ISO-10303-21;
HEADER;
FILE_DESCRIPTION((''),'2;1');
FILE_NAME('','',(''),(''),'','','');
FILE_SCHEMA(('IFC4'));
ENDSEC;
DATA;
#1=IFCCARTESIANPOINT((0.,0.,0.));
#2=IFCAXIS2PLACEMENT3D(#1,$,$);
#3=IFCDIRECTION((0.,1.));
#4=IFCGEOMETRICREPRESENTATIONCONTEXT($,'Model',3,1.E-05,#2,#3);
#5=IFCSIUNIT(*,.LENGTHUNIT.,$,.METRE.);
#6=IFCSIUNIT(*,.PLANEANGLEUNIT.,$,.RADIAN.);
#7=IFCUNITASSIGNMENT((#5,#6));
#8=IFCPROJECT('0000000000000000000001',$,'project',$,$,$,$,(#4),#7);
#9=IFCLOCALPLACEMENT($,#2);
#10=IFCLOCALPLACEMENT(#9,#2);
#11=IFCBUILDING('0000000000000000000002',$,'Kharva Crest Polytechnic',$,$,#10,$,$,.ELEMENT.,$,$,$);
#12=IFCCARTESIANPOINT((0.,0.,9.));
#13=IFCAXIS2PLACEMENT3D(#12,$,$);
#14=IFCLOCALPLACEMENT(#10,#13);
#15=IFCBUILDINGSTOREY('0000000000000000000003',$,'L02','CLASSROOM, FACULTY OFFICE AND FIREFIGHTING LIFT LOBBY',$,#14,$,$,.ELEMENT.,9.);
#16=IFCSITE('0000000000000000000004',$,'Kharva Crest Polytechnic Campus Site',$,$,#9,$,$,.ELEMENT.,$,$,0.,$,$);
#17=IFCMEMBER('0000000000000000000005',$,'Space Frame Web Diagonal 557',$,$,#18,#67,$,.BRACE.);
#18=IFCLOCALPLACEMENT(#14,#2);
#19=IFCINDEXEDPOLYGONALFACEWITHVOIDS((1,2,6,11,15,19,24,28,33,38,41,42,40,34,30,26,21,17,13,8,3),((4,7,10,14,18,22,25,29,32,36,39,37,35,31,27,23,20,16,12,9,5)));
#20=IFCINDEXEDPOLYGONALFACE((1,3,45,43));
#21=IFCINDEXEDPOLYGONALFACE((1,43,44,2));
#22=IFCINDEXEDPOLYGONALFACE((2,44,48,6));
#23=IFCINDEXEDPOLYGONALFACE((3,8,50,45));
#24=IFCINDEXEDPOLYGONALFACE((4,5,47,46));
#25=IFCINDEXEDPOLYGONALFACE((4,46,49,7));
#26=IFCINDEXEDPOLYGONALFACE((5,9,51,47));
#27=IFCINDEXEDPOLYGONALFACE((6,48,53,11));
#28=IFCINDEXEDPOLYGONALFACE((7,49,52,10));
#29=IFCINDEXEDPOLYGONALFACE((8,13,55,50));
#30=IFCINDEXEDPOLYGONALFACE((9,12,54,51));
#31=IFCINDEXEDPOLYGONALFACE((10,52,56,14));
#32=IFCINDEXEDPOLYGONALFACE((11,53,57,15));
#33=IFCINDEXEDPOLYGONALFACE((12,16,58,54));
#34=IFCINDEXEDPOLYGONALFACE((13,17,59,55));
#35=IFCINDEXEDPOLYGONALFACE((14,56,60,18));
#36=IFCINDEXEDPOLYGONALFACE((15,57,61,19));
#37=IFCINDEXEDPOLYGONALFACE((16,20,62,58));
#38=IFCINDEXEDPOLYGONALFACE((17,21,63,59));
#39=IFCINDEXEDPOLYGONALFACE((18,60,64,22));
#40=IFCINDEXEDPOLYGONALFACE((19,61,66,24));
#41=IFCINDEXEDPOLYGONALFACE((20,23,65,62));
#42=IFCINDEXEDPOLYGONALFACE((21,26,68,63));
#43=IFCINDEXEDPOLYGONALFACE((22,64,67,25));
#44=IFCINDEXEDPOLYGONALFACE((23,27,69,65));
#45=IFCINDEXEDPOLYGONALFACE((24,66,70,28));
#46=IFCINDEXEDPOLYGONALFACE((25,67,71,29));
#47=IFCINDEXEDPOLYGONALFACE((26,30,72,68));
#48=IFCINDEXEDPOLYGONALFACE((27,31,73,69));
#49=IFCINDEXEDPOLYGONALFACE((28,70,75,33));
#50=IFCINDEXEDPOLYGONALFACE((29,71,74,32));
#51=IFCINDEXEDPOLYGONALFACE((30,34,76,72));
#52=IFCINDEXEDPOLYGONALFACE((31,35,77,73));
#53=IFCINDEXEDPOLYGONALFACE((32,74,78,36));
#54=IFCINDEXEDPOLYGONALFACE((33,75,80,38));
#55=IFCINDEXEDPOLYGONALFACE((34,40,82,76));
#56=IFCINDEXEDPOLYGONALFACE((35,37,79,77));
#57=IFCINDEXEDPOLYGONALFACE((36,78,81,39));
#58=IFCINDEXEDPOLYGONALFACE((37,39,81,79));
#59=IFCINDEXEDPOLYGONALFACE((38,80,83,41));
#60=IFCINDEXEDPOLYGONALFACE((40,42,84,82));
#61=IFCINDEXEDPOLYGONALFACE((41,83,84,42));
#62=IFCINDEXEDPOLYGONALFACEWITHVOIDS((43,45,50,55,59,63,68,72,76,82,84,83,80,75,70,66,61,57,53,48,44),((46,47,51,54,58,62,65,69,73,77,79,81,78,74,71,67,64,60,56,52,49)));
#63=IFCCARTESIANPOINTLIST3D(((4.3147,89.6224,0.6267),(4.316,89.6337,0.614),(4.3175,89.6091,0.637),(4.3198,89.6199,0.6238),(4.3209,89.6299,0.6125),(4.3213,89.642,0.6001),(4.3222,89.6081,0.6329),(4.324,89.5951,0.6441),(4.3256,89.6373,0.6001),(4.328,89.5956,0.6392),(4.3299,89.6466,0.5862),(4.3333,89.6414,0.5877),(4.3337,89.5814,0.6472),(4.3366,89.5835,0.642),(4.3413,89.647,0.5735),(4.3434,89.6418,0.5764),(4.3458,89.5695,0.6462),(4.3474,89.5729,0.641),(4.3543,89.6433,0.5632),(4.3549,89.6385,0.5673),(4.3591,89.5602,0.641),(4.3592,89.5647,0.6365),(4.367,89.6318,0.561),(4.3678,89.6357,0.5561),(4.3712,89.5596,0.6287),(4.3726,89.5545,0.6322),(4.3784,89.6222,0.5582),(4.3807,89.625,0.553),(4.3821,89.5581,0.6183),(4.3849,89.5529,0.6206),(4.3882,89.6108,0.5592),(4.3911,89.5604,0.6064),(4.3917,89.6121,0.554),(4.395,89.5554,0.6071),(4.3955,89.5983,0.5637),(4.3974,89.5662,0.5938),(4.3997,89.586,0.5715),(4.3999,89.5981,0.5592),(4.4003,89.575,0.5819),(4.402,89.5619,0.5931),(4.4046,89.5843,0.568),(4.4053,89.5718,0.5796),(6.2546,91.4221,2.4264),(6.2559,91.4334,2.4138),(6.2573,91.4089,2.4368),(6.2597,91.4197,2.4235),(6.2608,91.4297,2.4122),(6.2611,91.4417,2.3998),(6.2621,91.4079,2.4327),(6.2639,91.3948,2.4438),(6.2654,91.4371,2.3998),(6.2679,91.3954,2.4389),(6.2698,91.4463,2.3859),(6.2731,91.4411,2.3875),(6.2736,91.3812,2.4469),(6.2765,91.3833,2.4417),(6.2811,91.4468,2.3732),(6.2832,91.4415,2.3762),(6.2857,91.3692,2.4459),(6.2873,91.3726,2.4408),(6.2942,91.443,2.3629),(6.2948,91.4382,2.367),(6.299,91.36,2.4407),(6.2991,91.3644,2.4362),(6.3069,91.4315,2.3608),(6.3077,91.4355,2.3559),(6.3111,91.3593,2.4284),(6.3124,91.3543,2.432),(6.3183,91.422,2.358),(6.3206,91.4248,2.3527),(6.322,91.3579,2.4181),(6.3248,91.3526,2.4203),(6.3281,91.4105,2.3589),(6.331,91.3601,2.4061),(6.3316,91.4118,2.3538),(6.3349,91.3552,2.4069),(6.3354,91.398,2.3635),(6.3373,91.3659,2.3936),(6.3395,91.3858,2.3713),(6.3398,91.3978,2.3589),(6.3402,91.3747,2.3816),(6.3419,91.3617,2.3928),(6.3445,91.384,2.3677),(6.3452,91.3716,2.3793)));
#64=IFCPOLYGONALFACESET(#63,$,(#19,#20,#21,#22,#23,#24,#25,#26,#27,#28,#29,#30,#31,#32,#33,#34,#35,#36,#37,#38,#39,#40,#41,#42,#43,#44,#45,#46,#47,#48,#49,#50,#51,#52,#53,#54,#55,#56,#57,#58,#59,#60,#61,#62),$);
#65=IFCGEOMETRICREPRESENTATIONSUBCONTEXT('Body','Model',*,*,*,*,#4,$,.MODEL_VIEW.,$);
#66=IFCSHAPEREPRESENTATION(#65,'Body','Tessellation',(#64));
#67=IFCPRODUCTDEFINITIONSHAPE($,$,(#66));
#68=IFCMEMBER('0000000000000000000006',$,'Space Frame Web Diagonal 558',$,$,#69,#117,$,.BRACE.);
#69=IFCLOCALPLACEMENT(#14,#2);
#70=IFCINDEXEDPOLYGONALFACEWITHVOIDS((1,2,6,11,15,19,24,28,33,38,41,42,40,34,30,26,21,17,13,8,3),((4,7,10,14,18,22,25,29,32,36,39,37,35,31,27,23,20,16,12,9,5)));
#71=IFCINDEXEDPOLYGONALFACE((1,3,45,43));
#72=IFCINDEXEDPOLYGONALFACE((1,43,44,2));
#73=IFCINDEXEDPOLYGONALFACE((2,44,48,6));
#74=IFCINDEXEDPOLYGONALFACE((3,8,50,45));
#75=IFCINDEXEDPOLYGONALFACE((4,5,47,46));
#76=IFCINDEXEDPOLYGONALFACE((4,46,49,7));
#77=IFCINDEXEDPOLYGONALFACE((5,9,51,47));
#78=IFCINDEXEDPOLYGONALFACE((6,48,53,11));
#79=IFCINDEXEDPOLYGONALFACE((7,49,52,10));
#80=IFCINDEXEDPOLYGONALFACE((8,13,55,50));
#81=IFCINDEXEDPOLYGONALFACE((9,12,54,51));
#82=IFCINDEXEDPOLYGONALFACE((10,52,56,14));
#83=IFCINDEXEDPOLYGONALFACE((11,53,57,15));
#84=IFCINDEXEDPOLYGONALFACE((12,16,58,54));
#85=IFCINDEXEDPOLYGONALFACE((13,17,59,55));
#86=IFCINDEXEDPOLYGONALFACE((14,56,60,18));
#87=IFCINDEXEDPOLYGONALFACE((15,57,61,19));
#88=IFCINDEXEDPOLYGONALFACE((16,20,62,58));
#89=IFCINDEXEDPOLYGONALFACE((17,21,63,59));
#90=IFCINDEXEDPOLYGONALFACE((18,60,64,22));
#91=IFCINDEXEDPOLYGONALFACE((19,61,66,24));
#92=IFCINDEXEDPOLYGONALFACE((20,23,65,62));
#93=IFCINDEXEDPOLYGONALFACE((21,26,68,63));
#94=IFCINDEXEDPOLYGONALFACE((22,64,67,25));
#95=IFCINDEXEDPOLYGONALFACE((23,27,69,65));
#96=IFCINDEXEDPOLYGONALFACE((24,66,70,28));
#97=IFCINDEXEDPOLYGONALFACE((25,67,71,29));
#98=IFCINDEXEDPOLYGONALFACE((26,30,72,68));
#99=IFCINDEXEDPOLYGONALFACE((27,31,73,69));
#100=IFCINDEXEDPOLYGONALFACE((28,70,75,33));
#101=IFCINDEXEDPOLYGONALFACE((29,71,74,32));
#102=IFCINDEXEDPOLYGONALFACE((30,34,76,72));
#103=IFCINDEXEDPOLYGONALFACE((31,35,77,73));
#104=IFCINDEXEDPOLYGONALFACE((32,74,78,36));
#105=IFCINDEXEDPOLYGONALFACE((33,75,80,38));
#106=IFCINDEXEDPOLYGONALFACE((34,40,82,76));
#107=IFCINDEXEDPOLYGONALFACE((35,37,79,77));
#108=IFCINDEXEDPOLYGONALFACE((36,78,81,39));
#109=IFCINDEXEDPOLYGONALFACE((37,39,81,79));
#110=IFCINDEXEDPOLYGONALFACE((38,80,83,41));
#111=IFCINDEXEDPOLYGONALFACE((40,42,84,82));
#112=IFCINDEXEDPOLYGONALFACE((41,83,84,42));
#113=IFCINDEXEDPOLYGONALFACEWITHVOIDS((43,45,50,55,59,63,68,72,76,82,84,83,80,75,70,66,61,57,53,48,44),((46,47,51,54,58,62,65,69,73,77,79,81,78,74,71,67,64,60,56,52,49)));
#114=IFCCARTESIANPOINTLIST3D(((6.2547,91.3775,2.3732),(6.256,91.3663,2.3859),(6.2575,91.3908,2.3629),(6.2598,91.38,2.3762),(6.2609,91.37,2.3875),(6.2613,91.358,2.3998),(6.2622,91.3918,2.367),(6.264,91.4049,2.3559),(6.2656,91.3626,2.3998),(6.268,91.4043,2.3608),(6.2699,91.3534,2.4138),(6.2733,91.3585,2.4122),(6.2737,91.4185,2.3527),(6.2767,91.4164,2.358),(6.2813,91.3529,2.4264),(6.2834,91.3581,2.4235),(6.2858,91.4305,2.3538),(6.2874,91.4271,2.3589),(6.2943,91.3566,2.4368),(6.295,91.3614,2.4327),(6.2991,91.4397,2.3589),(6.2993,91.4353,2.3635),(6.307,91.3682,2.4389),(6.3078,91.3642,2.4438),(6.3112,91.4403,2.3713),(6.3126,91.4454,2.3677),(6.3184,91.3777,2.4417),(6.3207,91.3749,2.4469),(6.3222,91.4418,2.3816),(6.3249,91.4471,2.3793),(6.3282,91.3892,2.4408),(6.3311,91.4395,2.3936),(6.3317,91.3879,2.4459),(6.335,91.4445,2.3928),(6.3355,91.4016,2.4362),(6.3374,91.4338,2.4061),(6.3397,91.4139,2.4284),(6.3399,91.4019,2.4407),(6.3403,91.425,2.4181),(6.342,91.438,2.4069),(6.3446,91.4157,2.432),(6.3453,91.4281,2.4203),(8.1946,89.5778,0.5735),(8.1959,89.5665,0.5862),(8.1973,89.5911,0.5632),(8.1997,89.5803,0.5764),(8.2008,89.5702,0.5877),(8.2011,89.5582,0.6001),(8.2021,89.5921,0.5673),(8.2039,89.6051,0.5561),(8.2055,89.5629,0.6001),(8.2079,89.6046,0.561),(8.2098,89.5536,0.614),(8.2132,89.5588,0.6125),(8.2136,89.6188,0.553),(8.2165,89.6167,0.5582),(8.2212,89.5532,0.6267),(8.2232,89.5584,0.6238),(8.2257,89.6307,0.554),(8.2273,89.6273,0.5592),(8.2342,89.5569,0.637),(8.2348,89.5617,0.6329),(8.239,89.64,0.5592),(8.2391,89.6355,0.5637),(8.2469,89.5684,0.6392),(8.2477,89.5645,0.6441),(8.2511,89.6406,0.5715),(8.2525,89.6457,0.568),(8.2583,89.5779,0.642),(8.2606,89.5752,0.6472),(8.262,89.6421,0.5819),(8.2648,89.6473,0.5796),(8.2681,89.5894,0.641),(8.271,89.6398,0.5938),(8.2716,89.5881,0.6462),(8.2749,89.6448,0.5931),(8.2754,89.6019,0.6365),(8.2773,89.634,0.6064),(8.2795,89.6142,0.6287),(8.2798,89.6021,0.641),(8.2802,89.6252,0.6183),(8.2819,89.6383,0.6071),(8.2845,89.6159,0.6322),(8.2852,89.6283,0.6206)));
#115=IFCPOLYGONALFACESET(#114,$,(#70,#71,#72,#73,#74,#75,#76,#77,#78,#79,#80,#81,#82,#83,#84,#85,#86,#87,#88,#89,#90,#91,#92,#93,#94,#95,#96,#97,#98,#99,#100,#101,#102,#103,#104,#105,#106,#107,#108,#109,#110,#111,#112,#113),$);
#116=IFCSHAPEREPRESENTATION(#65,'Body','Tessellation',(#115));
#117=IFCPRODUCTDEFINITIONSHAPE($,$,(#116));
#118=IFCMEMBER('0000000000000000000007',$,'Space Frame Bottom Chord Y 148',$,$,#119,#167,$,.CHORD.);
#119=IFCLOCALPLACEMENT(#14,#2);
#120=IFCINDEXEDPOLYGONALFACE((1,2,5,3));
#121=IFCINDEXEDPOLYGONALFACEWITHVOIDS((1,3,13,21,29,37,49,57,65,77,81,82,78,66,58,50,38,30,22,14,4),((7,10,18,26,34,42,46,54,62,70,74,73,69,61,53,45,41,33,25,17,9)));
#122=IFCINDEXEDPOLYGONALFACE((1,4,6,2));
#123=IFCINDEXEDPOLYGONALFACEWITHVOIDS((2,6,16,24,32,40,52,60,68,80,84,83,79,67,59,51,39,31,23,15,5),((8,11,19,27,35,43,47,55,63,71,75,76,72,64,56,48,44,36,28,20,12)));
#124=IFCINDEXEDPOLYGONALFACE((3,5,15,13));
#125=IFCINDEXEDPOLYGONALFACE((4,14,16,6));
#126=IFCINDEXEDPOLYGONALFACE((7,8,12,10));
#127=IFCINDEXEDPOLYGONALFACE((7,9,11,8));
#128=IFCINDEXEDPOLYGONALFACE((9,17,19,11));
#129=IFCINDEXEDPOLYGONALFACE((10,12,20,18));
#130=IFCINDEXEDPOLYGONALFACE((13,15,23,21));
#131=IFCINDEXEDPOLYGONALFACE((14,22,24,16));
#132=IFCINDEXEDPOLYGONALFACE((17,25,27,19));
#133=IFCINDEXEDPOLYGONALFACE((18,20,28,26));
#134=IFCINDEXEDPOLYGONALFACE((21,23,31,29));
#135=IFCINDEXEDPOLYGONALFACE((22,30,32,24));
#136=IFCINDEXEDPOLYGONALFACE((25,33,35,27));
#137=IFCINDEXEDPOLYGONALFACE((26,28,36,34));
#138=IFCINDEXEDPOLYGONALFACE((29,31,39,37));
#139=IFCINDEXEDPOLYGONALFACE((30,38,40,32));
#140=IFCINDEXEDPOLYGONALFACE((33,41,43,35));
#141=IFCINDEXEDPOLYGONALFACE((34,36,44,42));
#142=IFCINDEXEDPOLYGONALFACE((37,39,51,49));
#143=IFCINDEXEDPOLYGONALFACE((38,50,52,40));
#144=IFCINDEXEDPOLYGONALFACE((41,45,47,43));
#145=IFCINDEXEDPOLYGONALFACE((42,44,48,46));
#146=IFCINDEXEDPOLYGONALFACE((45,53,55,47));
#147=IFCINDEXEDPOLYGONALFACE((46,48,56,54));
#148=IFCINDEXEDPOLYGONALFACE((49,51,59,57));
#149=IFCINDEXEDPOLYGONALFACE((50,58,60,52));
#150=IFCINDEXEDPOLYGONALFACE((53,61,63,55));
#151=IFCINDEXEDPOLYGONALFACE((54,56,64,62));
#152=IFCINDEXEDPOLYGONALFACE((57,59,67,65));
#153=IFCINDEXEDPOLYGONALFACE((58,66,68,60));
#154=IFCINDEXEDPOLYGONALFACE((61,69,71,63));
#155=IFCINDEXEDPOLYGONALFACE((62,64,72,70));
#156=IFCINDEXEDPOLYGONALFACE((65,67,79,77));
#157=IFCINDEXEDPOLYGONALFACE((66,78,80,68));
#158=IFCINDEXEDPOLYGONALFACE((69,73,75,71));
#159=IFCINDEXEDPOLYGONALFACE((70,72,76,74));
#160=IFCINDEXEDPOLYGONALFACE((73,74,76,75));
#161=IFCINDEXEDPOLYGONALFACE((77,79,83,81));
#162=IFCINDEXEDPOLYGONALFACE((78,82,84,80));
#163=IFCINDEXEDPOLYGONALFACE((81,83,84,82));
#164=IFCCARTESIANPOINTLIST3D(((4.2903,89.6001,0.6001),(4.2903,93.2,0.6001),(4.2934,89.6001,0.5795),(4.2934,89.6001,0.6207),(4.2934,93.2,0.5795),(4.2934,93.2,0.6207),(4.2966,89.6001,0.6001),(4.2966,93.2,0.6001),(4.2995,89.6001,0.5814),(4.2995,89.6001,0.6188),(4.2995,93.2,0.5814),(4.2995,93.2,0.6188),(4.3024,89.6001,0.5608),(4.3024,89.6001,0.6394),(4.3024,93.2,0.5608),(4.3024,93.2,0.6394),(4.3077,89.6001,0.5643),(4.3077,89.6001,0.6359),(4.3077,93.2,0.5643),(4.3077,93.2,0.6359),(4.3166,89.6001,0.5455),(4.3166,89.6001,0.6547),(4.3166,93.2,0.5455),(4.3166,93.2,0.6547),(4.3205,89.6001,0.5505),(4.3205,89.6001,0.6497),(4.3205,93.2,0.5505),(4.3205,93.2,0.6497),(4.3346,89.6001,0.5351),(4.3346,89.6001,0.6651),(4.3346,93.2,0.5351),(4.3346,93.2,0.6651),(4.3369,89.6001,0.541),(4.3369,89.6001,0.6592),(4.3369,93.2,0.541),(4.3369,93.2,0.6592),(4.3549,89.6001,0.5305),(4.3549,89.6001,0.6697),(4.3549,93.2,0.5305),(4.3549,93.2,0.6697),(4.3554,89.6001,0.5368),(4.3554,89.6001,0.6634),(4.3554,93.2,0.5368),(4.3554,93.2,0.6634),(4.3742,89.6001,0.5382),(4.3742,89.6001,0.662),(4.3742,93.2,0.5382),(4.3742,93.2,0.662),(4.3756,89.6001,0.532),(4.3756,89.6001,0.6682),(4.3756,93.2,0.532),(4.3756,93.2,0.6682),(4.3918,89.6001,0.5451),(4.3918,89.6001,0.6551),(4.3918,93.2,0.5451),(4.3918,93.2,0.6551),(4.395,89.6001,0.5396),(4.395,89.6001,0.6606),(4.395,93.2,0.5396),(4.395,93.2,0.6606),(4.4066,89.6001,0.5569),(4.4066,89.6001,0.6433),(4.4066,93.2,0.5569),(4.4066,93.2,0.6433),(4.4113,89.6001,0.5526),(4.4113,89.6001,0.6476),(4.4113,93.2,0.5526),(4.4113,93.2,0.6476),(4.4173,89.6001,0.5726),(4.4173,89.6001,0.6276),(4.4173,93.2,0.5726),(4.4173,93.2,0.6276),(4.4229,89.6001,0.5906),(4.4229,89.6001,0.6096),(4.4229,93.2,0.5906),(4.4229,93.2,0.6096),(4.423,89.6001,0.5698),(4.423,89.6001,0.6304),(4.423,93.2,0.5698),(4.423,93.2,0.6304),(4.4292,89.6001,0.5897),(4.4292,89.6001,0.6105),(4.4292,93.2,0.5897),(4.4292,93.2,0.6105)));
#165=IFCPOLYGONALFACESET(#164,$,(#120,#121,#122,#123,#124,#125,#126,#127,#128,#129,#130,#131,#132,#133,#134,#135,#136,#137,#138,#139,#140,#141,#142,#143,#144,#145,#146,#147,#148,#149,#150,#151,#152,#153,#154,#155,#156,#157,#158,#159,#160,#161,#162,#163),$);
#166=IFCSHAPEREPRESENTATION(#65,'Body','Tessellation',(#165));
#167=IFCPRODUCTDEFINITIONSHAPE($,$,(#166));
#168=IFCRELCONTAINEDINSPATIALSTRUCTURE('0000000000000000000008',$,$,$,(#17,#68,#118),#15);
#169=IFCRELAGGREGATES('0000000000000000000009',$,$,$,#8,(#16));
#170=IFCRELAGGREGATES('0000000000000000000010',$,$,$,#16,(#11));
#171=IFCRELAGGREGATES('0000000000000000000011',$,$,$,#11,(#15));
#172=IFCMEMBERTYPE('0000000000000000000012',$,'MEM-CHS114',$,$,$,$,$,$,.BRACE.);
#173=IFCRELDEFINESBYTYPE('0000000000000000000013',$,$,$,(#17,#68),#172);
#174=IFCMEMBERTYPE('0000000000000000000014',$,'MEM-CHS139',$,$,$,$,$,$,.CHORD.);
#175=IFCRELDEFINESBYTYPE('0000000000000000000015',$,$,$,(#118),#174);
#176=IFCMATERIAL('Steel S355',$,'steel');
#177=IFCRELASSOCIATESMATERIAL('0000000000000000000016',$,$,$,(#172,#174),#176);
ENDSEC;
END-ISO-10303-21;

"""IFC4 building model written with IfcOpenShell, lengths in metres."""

from ifc_helpers import new_model, si_unit, direction, frame, origin, origin_2d, place, context, subcontext, project, spatial, hollow_circle, extrude, material, material_profile, profile_set, type_object, element, save


model = new_model("IFC4")

# Units and contexts
model_context = context("Model", 3, precision=1e-05, world=origin(), true_north=direction((0.0, 1.0)))
body_context = subcontext(model_context, "Body", "Model", "MODEL_VIEW")
ifc_project = project(units=[si_unit("LENGTHUNIT", "METRE"), si_unit("PLANEANGLEUNIT", "RADIAN")], contexts=[model_context])

# Site, building, storey
site_placement = place(None, origin())
site = spatial("IfcSite", under=ifc_project, at=site_placement, Name="Kharva Crest Polytechnic Campus Site", CompositionType="ELEMENT", RefElevation=0.0)
building_placement = place(site_placement, origin())
building = spatial("IfcBuilding", under=site, at=building_placement, Name="Kharva Crest Polytechnic", CompositionType="ELEMENT")
storey_placement = place(building_placement, frame((0.0, 0.0, 9.0)))
storey = spatial("IfcBuildingStorey", under=building, at=storey_placement, Name="L02", Description="CLASSROOM, FACULTY OFFICE AND FIREFIGHTING LIFT LOBBY", CompositionType="ELEMENT", Elevation=9.0)

# Members
ifc_material = material(Name="Steel S355", Category="steel")
ifc_material_profile_1 = material_profile(ifc_material, hollow_circle(Radius=0.0571, WallThickness=0.0063, at=origin_2d()), Name="CHS 114.3X6.3")
ifc_profile_set_1 = profile_set([ifc_material_profile_1], Name="Steel S355")
member_type_1 = type_object("IfcMemberType", Name="MEM-CHS114", PredefinedType="BRACE", material=ifc_profile_set_1)
for number, where, z_axis, x_axis, name in (
    (1, (4.3601, 89.6001, 0.6001), (0.606173, 0.562385, 0.562385), (-0.680133, 0.733089, 0.0), "Space Frame Web Diagonal 557"),
    (2, (8.24, 89.6001, 0.6001), (-0.606173, 0.562385, 0.562385), (-0.680133, -0.733089, 0.0), "Space Frame Web Diagonal 558"),
):
    element("IfcMember", number, at=place(storey_placement, frame(where, z_axis=z_axis, x_axis=x_axis)), inside=storey, type_object=member_type_1, Name=name, PredefinedType="BRACE", context=body_context, shape_type="SweptSolid", body=[
        extrude(hollow_circle(Radius=0.0571, WallThickness=0.0063, at=origin_2d()), origin(), (0.0, 0.0, 1.0), 3.2002),
    ])
ifc_material_profile_2 = material_profile(ifc_material, hollow_circle(Radius=0.0698, WallThickness=0.0063, at=origin_2d()), Name="CHS 139.7X6.3")
ifc_profile_set_2 = profile_set([ifc_material_profile_2], Name="Steel S355")
member_type_2 = type_object("IfcMemberType", Name="MEM-CHS139", PredefinedType="CHORD", material=ifc_profile_set_2)
for number, where, z_axis, x_axis, name in (
    (3, (4.3601, 89.6001, 0.6001), (0.0, 1.0, 0.0), (-1.0, 0.0, 0.0), "Space Frame Bottom Chord Y 148"),
):
    element("IfcMember", number, at=place(storey_placement, frame(where, z_axis=z_axis, x_axis=x_axis)), inside=storey, type_object=member_type_2, Name=name, PredefinedType="CHORD", context=body_context, shape_type="SweptSolid", body=[
        extrude(hollow_circle(Radius=0.0698, WallThickness=0.0063, at=origin_2d()), origin(), (0.0, 0.0, 1.0), 3.5999),
    ])

save(model, "model.ifc")
